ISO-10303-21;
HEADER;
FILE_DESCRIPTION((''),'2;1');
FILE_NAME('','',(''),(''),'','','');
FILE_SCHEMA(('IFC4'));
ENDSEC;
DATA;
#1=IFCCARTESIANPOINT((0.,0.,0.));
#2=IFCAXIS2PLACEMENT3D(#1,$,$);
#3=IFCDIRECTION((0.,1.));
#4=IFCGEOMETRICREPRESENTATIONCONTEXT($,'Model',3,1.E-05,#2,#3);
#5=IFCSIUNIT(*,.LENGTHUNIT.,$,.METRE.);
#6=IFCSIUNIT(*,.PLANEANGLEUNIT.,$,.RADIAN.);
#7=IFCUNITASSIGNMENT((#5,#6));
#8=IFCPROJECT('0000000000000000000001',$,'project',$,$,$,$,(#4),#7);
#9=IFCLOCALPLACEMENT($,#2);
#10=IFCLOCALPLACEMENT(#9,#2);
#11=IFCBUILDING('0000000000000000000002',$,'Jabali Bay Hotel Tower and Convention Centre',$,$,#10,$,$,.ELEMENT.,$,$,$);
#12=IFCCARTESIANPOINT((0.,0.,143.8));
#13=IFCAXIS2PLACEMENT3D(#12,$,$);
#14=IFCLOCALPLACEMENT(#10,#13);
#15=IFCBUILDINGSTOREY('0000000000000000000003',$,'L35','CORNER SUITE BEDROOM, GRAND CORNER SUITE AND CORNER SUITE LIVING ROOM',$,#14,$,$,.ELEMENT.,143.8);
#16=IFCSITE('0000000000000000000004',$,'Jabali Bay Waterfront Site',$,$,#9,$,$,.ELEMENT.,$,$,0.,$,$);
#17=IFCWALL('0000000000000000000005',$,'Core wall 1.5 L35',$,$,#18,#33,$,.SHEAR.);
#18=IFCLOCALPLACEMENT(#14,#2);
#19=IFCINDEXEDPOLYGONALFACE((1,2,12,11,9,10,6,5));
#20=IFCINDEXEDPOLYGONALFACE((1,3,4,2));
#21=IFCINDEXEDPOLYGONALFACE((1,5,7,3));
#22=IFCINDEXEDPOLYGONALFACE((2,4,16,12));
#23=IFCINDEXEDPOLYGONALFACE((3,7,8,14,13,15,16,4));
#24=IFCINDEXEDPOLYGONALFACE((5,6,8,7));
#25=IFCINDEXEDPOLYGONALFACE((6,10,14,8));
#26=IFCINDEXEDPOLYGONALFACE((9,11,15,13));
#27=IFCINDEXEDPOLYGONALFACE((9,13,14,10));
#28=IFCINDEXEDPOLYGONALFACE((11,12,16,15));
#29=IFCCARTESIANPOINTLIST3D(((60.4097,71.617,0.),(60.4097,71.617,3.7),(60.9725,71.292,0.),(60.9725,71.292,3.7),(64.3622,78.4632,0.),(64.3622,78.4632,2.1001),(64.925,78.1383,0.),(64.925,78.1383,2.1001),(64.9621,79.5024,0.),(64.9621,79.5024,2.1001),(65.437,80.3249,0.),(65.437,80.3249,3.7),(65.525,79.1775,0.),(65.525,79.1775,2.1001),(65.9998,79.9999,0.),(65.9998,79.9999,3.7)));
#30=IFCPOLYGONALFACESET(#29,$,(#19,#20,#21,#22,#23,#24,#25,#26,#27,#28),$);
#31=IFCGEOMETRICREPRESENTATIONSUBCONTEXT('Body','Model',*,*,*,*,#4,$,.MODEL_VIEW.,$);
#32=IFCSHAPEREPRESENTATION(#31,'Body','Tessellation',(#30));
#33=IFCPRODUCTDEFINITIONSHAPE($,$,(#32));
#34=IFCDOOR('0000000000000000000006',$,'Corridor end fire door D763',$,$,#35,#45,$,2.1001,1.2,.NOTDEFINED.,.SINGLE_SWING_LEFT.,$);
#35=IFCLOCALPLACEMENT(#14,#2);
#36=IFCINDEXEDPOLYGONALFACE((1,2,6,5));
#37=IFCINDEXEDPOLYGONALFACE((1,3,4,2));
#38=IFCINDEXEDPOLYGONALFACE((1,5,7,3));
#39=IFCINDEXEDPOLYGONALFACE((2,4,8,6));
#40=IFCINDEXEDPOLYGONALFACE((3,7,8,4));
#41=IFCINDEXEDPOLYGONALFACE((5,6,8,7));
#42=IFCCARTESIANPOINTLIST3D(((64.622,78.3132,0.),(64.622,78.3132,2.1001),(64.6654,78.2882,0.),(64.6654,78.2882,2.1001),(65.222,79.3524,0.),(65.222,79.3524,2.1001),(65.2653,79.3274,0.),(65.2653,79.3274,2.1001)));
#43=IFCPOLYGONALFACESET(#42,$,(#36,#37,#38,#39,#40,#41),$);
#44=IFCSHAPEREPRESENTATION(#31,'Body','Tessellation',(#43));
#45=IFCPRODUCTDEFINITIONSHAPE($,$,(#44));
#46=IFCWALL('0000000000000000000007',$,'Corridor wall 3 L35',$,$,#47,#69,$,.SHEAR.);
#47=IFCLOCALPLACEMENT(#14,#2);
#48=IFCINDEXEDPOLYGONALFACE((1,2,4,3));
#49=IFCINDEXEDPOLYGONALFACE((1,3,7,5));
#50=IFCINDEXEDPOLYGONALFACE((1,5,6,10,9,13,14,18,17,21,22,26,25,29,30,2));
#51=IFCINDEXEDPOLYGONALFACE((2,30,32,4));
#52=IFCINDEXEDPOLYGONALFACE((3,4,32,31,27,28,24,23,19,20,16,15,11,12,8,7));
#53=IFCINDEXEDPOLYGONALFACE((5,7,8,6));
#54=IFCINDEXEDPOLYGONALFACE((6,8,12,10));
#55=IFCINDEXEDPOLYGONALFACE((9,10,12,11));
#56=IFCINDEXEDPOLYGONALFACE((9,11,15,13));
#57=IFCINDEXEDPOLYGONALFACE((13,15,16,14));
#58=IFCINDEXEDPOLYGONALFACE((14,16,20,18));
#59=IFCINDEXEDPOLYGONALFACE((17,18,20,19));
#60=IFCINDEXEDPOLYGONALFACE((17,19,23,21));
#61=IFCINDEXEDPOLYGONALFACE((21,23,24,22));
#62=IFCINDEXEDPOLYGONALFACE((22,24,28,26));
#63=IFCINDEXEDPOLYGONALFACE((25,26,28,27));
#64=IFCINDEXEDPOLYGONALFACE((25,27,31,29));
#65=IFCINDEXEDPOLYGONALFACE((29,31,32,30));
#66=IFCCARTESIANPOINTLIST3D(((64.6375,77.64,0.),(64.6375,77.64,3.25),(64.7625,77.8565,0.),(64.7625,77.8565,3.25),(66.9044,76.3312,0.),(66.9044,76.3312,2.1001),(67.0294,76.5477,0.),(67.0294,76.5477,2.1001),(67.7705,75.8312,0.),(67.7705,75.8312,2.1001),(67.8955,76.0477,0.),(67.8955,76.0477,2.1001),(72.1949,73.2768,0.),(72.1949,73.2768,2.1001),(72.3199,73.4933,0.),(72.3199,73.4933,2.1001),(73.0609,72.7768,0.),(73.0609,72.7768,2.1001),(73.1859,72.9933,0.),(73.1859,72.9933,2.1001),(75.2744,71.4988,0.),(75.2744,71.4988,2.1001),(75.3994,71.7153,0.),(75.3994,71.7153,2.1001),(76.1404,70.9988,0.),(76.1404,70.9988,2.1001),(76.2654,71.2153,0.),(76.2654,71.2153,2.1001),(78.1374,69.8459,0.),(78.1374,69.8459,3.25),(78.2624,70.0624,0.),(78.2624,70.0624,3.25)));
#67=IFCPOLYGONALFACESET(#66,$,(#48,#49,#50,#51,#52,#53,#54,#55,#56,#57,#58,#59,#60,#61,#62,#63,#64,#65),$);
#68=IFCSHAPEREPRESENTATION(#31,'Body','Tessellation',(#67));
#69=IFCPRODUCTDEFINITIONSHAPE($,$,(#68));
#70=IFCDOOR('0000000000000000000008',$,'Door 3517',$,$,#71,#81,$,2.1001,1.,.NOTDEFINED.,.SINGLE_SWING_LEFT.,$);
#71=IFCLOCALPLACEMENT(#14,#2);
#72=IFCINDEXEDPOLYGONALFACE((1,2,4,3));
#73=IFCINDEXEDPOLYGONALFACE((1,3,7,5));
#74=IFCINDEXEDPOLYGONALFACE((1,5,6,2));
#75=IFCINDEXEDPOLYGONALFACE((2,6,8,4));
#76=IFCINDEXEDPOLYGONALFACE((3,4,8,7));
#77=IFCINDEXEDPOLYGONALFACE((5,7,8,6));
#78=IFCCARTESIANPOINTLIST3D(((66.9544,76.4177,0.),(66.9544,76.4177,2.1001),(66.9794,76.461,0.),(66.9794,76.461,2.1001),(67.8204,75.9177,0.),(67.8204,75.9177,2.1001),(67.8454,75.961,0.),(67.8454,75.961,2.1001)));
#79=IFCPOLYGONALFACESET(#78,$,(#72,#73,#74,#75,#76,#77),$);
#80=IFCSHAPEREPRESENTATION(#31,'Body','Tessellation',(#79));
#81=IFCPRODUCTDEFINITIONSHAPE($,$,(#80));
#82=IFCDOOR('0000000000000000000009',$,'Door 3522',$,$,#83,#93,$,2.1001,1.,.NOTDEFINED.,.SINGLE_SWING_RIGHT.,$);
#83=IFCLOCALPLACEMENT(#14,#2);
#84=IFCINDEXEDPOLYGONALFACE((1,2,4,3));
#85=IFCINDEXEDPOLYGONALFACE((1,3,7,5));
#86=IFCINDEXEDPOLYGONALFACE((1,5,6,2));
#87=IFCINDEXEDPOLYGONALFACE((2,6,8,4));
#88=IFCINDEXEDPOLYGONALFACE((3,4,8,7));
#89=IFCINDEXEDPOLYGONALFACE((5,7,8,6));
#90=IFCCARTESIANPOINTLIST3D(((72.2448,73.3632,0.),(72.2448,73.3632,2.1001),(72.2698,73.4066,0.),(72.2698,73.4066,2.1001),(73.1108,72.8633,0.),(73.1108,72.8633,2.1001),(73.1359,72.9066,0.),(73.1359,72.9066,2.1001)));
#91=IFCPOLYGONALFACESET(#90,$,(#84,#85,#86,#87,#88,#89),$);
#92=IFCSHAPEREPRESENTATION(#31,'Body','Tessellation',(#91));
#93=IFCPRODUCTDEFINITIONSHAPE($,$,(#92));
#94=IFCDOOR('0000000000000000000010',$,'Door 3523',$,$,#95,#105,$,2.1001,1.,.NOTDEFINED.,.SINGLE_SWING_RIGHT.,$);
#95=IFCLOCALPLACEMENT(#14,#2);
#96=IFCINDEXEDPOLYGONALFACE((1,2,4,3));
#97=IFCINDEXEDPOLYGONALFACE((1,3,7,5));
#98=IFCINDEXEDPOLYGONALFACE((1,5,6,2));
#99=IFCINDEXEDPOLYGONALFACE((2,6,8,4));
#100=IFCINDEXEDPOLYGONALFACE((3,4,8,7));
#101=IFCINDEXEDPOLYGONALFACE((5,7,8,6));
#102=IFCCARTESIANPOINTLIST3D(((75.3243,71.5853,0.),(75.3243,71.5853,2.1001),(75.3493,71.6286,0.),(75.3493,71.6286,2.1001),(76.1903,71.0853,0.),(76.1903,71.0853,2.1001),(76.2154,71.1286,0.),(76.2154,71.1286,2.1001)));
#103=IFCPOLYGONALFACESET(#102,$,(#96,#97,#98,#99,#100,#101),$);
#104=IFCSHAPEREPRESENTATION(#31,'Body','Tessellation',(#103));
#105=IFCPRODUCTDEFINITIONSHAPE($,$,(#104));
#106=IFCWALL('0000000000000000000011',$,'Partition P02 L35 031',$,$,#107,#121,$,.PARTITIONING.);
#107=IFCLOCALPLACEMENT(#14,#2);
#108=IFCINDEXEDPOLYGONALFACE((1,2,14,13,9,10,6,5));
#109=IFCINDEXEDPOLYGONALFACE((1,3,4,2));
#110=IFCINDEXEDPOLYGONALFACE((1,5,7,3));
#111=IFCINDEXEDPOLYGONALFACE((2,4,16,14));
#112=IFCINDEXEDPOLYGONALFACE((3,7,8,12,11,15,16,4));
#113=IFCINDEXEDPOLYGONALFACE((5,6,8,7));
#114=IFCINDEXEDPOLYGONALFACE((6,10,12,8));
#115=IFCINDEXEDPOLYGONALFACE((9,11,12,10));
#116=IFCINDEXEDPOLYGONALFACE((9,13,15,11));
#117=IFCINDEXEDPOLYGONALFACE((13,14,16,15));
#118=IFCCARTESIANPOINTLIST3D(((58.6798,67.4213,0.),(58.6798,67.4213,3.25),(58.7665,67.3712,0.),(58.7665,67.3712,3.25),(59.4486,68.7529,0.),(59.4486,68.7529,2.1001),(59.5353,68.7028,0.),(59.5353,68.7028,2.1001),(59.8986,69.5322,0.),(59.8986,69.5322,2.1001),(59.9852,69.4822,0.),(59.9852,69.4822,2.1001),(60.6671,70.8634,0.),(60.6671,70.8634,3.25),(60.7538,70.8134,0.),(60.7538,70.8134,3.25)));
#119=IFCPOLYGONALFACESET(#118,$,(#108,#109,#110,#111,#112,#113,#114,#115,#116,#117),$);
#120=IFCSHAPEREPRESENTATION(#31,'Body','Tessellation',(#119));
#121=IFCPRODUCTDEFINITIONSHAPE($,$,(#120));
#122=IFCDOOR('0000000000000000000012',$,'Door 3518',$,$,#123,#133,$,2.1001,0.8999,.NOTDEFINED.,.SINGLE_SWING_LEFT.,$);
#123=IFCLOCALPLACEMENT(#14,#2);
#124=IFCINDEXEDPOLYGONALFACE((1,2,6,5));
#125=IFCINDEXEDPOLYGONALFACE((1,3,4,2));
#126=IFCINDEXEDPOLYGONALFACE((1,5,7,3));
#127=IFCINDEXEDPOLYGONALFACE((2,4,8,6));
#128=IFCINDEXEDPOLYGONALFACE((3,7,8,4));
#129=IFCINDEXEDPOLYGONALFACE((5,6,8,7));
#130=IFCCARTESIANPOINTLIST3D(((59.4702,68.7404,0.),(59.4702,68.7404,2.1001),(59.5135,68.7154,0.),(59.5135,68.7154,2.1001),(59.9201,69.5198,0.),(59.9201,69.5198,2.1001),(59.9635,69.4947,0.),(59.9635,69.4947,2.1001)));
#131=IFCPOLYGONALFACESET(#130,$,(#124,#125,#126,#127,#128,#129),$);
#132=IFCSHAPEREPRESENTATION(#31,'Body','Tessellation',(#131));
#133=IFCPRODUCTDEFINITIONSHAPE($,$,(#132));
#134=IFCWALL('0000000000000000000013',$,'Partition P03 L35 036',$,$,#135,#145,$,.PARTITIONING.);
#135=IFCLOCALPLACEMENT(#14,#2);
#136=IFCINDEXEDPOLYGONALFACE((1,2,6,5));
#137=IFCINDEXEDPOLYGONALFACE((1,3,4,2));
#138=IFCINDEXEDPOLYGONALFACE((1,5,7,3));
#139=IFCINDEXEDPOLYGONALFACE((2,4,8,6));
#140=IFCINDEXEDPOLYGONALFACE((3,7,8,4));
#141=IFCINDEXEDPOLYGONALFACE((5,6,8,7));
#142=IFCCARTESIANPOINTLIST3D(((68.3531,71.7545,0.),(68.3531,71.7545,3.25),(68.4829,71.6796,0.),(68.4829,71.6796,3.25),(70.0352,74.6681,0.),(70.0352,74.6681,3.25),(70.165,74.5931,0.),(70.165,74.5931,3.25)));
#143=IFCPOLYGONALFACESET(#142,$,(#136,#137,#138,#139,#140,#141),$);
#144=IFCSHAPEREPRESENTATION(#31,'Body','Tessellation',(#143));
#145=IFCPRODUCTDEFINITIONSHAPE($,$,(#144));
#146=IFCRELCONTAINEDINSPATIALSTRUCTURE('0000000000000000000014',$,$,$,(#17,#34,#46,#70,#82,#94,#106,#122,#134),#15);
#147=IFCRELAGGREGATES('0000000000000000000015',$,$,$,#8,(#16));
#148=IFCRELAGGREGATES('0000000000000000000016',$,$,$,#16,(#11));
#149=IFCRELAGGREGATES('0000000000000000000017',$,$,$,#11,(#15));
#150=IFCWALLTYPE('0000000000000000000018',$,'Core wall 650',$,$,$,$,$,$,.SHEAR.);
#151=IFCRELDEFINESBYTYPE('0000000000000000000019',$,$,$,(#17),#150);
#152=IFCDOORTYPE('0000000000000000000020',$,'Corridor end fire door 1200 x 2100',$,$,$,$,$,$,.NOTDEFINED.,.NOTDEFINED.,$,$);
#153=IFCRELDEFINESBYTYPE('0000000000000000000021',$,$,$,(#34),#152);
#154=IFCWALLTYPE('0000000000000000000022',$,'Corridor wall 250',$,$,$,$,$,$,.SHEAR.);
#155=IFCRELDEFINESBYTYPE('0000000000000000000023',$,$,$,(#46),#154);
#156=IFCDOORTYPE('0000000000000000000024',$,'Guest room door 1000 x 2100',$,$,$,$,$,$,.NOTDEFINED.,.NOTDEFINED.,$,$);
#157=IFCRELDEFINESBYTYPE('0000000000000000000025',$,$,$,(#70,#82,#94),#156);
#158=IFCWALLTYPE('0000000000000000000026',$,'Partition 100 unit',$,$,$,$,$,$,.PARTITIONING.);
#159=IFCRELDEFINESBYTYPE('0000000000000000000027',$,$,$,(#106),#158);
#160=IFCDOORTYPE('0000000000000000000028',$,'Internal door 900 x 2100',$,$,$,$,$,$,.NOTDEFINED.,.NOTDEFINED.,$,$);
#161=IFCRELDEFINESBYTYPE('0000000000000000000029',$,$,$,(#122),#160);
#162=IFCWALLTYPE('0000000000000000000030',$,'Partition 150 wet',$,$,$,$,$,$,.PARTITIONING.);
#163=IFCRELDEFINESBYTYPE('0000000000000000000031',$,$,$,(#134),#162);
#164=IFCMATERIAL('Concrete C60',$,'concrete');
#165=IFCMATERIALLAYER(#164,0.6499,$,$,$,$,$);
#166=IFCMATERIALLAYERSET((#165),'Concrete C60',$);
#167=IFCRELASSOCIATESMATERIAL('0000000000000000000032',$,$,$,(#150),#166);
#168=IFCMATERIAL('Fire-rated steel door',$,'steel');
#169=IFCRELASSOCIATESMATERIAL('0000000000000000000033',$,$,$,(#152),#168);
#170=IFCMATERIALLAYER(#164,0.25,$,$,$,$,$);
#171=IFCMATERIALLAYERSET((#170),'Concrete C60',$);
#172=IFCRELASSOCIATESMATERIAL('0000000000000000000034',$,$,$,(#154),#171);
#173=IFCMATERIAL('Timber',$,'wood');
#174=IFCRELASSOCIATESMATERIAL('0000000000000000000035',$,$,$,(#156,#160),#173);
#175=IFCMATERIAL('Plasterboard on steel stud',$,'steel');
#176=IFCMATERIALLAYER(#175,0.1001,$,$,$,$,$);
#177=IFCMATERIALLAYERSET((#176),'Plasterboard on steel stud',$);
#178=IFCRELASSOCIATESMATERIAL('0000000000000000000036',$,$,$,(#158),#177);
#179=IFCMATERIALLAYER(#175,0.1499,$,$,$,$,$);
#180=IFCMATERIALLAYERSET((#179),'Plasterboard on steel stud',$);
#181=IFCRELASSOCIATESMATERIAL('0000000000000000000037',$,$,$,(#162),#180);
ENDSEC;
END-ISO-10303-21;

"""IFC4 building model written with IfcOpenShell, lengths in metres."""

from ifc_helpers import new_model, si_unit, direction, frame, frame_2d, origin, place, context, subcontext, project, spatial, rectangle, extrude, material, layer, layer_set, type_object, element, fill, save


model = new_model("IFC4")

# Units and contexts
model_context = context("Model", 3, precision=1e-05, world=origin(), true_north=direction((0.0, 1.0)))
body_context = subcontext(model_context, "Body", "Model", "MODEL_VIEW")
ifc_project = project(units=[si_unit("LENGTHUNIT", "METRE"), si_unit("PLANEANGLEUNIT", "RADIAN")], contexts=[model_context])

# Site, building, storey
site_placement = place(None, origin())
site = spatial("IfcSite", under=ifc_project, at=site_placement, Name="Jabali Bay Waterfront Site", CompositionType="ELEMENT", RefElevation=0.0)
building_placement = place(site_placement, origin())
building = spatial("IfcBuilding", under=site, at=building_placement, Name="Jabali Bay Hotel Tower and Convention Centre", CompositionType="ELEMENT")
storey_placement = place(building_placement, frame((0.0, 0.0, 143.8)))
storey = spatial("IfcBuildingStorey", under=building, at=storey_placement, Name="L35", Description="CORNER SUITE BEDROOM, GRAND CORNER SUITE AND CORNER SUITE LIVING ROOM", CompositionType="ELEMENT", Elevation=143.8)

# Shared definitions
ifc_material_1 = material(Name="Fire-rated steel door", Category="steel")

# Wall, opening, door
ifc_material_2 = material(Name="Concrete C60", Category="concrete")
ifc_layer_1 = layer(ifc_material_2, 0.6499)
ifc_layer_set_1 = layer_set([ifc_layer_1], Name="Concrete C60")
wall_type_1 = type_object("IfcWallType", Name="Core wall 650", PredefinedType="SHEAR", material=ifc_layer_set_1)
wall_1_placement = place(storey_placement, frame((60.6912, 71.4546, 0.0), z_axis=(0.0, 0.0, 1.0), x_axis=(0.499983, 0.866035, 0.0)))
wall_1 = element("IfcWall", 1, at=wall_1_placement, inside=storey, type_object=wall_type_1, Name="Core wall 1.5 L35", PredefinedType="SHEAR", context=body_context, shape_type="SweptSolid", body=[
    extrude(rectangle(XDim=10.0549, YDim=0.6499, at=frame_2d((5.0273, 0.0))), origin(), (0.0, 0.0, 1.0), 3.7),
])
opening_1_placement = place(wall_1_placement, frame((7.905, 0.0, 0.0)))
opening_1 = element("IfcOpeningElement", 2, at=opening_1_placement, cuts=wall_1, PredefinedType="OPENING", context=body_context, shape_type="SweptSolid", body=[
    extrude(rectangle(XDim=1.2, YDim=2.1001, at=frame_2d((0.6001, 1.05))), frame((0.0, 0.3354, 0.0), z_axis=(0.0, -1.0, 0.0), x_axis=(1.0, 0.0, 0.0)), (0.0, 0.0, 1.0), 0.6709),
])
door_type_1 = type_object("IfcDoorType", Name="Corridor end fire door 1200 x 2100", OperationType="NOTDEFINED", PredefinedType="NOTDEFINED", material=ifc_material_1)
door_1_placement = place(opening_1_placement, origin())
door_1 = element("IfcDoor", 3, at=door_1_placement, inside=storey, type_object=door_type_1, Name="Corridor end fire door D763", OperationType="SINGLE_SWING_LEFT", OverallHeight=2.1001, OverallWidth=1.2, PredefinedType="NOTDEFINED", context=body_context, shape_type="SweptSolid", body=[
    extrude(rectangle(XDim=1.2, YDim=2.1001, at=frame_2d((0.6001, 1.05))), frame((0.0, 0.0249, 0.0), z_axis=(0.0, -1.0, 0.0), x_axis=(1.0, 0.0, 0.0)), (0.0, 0.0, 1.0), 0.05),
])
fill(opening_1, door_1)

# Wall, openings, doors
ifc_layer_2 = layer(ifc_material_2, 0.25)
ifc_layer_set_2 = layer_set([ifc_layer_2], Name="Concrete C60")
wall_type_2 = type_object("IfcWallType", Name="Corridor wall 250", PredefinedType="SHEAR", material=ifc_layer_set_2)
wall_2_placement = place(storey_placement, frame((64.7, 77.7483, 0.0), z_axis=(0.0, 0.0, 1.0), x_axis=(0.866026, -0.499998, 0.0)))
wall_2 = element("IfcWall", 4, at=wall_2_placement, inside=storey, type_object=wall_type_2, Name="Corridor wall 3 L35", PredefinedType="SHEAR", context=body_context, shape_type="SweptSolid", body=[
    extrude(rectangle(XDim=15.5884, YDim=0.25, at=frame_2d((7.7942, 0.0))), origin(), (0.0, 0.0, 1.0), 3.25),
])
opening_2_placement = place(wall_2_placement, frame((2.6177, 0.0, 0.0)))
opening_2 = element("IfcOpeningElement", 5, at=opening_2_placement, cuts=wall_2, PredefinedType="OPENING", context=body_context, shape_type="SweptSolid", body=[
    extrude(rectangle(XDim=1.0, YDim=2.1001, at=frame_2d((0.5, 1.05))), frame((0.0, 0.1355, 0.0), z_axis=(0.0, -1.0, 0.0), x_axis=(1.0, 0.0, 0.0)), (0.0, 0.0, 1.0), 0.271),
])
opening_3_placement = place(wall_2_placement, frame((8.7266, 0.0, 0.0)))
opening_3 = element("IfcOpeningElement", 6, at=opening_3_placement, cuts=wall_2, PredefinedType="OPENING", context=body_context, shape_type="SweptSolid", body=[
    extrude(rectangle(XDim=1.0, YDim=2.1001, at=frame_2d((0.5, 1.05))), frame((0.0, 0.1355, 0.0), z_axis=(0.0, -1.0, 0.0), x_axis=(1.0, 0.0, 0.0)), (0.0, 0.0, 1.0), 0.271),
])
opening_4_placement = place(wall_2_placement, frame((12.2825, 0.0, 0.0)))
opening_4 = element("IfcOpeningElement", 7, at=opening_4_placement, cuts=wall_2, PredefinedType="OPENING", context=body_context, shape_type="SweptSolid", body=[
    extrude(rectangle(XDim=1.0, YDim=2.1001, at=frame_2d((0.5, 1.05))), frame((0.0, 0.1355, 0.0), z_axis=(0.0, -1.0, 0.0), x_axis=(1.0, 0.0, 0.0)), (0.0, 0.0, 1.0), 0.271),
])
ifc_material_3 = material(Name="Timber", Category="wood")
door_type_2 = type_object("IfcDoorType", Name="Guest room door 1000 x 2100", OperationType="NOTDEFINED", PredefinedType="NOTDEFINED", material=ifc_material_3)
door_2_placement = place(opening_2_placement, origin())
door_2 = element("IfcDoor", 8, at=door_2_placement, inside=storey, type_object=door_type_2, Name="Door 3517", OperationType="SINGLE_SWING_LEFT", OverallHeight=2.1001, OverallWidth=1.0, PredefinedType="NOTDEFINED", context=body_context, shape_type="SweptSolid", body=[
    extrude(rectangle(XDim=1.0, YDim=2.1001, at=frame_2d((0.5, 1.05))), frame((0.0, 0.0249, 0.0), z_axis=(0.0, -1.0, 0.0), x_axis=(1.0, 0.0, 0.0)), (0.0, 0.0, 1.0), 0.05),
])
fill(opening_2, door_2)
door_3_placement = place(opening_3_placement, origin())
door_3 = element("IfcDoor", 9, at=door_3_placement, inside=storey, type_object=door_type_2, Name="Door 3522", OperationType="SINGLE_SWING_RIGHT", OverallHeight=2.1001, OverallWidth=1.0, PredefinedType="NOTDEFINED", context=body_context, shape_type="SweptSolid", body=[
    extrude(rectangle(XDim=1.0, YDim=2.1001, at=frame_2d((0.5, 1.05))), frame((0.0, 0.0249, 0.0), z_axis=(0.0, -1.0, 0.0), x_axis=(1.0, 0.0, 0.0)), (0.0, 0.0, 1.0), 0.05),
])
fill(opening_3, door_3)
door_4_placement = place(opening_4_placement, origin())
door_4 = element("IfcDoor", 10, at=door_4_placement, inside=storey, type_object=door_type_2, Name="Door 3523", OperationType="SINGLE_SWING_RIGHT", OverallHeight=2.1001, OverallWidth=1.0, PredefinedType="NOTDEFINED", context=body_context, shape_type="SweptSolid", body=[
    extrude(rectangle(XDim=1.0, YDim=2.1001, at=frame_2d((0.5, 1.05))), frame((0.0, 0.0249, 0.0), z_axis=(0.0, -1.0, 0.0), x_axis=(1.0, 0.0, 0.0)), (0.0, 0.0, 1.0), 0.05),
])
fill(opening_4, door_4)

# Wall, opening, door
ifc_material_4 = material(Name="Plasterboard on steel stud", Category="steel")
ifc_layer_3 = layer(ifc_material_4, 0.1001)
ifc_layer_set_3 = layer_set([ifc_layer_3], Name="Plasterboard on steel stud")
wall_type_3 = type_object("IfcWallType", Name="Partition 100 unit", PredefinedType="PARTITIONING", material=ifc_layer_set_3)
wall_3_placement = place(storey_placement, frame((60.7104, 70.8384, 0.0), z_axis=(0.0, 0.0, 1.0), x_axis=(-0.499997, -0.866027, 0.0)))
wall_3 = element("IfcWall", 11, at=wall_3_placement, inside=storey, type_object=wall_type_3, Name="Partition P02 L35 031", PredefinedType="PARTITIONING", context=body_context, shape_type="SweptSolid", body=[
    extrude(rectangle(XDim=3.9746, YDim=0.1001, at=frame_2d((1.9873, 0.0))), origin(), (0.0, 0.0, 1.0), 3.25),
])
opening_5_placement = place(wall_3_placement, frame((1.5371, 0.0, 0.0)))
opening_5 = element("IfcOpeningElement", 12, at=opening_5_placement, cuts=wall_3, PredefinedType="OPENING", context=body_context, shape_type="SweptSolid", body=[
    extrude(rectangle(XDim=0.8999, YDim=2.1001, at=frame_2d((0.45, 1.05))), frame((0.0, 0.0605, 0.0), z_axis=(0.0, -1.0, 0.0), x_axis=(1.0, 0.0, 0.0)), (0.0, 0.0, 1.0), 0.1211),
])
door_type_3 = type_object("IfcDoorType", Name="Internal door 900 x 2100", OperationType="NOTDEFINED", PredefinedType="NOTDEFINED", material=ifc_material_3)
door_5_placement = place(opening_5_placement, origin())
door_5 = element("IfcDoor", 13, at=door_5_placement, inside=storey, type_object=door_type_3, Name="Door 3518", OperationType="SINGLE_SWING_LEFT", OverallHeight=2.1001, OverallWidth=0.8999, PredefinedType="NOTDEFINED", context=body_context, shape_type="SweptSolid", body=[
    extrude(rectangle(XDim=0.8999, YDim=2.1001, at=frame_2d((0.45, 1.05))), frame((0.0, 0.0249, 0.0), z_axis=(0.0, -1.0, 0.0), x_axis=(1.0, 0.0, 0.0)), (0.0, 0.0, 1.0), 0.05),
])
fill(opening_5, door_5)

# Wall
ifc_layer_4 = layer(ifc_material_4, 0.1499)
ifc_layer_set_4 = layer_set([ifc_layer_4], Name="Plasterboard on steel stud")
wall_type_4 = type_object("IfcWallType", Name="Partition 150 wet", PredefinedType="PARTITIONING", material=ifc_layer_set_4)
wall_4_placement = place(storey_placement, frame((68.418, 71.717, 0.0), z_axis=(0.0, 0.0, 1.0), x_axis=(0.499995, 0.866028, 0.0)))
element("IfcWall", 14, at=wall_4_placement, inside=storey, type_object=wall_type_4, Name="Partition P03 L35 036", PredefinedType="PARTITIONING", context=body_context, shape_type="SweptSolid", body=[
    extrude(rectangle(XDim=3.3643, YDim=0.1499, at=frame_2d((1.6821, 0.0))), origin(), (0.0, 0.0, 1.0), 3.25),
])

save(model, "model.ifc")
